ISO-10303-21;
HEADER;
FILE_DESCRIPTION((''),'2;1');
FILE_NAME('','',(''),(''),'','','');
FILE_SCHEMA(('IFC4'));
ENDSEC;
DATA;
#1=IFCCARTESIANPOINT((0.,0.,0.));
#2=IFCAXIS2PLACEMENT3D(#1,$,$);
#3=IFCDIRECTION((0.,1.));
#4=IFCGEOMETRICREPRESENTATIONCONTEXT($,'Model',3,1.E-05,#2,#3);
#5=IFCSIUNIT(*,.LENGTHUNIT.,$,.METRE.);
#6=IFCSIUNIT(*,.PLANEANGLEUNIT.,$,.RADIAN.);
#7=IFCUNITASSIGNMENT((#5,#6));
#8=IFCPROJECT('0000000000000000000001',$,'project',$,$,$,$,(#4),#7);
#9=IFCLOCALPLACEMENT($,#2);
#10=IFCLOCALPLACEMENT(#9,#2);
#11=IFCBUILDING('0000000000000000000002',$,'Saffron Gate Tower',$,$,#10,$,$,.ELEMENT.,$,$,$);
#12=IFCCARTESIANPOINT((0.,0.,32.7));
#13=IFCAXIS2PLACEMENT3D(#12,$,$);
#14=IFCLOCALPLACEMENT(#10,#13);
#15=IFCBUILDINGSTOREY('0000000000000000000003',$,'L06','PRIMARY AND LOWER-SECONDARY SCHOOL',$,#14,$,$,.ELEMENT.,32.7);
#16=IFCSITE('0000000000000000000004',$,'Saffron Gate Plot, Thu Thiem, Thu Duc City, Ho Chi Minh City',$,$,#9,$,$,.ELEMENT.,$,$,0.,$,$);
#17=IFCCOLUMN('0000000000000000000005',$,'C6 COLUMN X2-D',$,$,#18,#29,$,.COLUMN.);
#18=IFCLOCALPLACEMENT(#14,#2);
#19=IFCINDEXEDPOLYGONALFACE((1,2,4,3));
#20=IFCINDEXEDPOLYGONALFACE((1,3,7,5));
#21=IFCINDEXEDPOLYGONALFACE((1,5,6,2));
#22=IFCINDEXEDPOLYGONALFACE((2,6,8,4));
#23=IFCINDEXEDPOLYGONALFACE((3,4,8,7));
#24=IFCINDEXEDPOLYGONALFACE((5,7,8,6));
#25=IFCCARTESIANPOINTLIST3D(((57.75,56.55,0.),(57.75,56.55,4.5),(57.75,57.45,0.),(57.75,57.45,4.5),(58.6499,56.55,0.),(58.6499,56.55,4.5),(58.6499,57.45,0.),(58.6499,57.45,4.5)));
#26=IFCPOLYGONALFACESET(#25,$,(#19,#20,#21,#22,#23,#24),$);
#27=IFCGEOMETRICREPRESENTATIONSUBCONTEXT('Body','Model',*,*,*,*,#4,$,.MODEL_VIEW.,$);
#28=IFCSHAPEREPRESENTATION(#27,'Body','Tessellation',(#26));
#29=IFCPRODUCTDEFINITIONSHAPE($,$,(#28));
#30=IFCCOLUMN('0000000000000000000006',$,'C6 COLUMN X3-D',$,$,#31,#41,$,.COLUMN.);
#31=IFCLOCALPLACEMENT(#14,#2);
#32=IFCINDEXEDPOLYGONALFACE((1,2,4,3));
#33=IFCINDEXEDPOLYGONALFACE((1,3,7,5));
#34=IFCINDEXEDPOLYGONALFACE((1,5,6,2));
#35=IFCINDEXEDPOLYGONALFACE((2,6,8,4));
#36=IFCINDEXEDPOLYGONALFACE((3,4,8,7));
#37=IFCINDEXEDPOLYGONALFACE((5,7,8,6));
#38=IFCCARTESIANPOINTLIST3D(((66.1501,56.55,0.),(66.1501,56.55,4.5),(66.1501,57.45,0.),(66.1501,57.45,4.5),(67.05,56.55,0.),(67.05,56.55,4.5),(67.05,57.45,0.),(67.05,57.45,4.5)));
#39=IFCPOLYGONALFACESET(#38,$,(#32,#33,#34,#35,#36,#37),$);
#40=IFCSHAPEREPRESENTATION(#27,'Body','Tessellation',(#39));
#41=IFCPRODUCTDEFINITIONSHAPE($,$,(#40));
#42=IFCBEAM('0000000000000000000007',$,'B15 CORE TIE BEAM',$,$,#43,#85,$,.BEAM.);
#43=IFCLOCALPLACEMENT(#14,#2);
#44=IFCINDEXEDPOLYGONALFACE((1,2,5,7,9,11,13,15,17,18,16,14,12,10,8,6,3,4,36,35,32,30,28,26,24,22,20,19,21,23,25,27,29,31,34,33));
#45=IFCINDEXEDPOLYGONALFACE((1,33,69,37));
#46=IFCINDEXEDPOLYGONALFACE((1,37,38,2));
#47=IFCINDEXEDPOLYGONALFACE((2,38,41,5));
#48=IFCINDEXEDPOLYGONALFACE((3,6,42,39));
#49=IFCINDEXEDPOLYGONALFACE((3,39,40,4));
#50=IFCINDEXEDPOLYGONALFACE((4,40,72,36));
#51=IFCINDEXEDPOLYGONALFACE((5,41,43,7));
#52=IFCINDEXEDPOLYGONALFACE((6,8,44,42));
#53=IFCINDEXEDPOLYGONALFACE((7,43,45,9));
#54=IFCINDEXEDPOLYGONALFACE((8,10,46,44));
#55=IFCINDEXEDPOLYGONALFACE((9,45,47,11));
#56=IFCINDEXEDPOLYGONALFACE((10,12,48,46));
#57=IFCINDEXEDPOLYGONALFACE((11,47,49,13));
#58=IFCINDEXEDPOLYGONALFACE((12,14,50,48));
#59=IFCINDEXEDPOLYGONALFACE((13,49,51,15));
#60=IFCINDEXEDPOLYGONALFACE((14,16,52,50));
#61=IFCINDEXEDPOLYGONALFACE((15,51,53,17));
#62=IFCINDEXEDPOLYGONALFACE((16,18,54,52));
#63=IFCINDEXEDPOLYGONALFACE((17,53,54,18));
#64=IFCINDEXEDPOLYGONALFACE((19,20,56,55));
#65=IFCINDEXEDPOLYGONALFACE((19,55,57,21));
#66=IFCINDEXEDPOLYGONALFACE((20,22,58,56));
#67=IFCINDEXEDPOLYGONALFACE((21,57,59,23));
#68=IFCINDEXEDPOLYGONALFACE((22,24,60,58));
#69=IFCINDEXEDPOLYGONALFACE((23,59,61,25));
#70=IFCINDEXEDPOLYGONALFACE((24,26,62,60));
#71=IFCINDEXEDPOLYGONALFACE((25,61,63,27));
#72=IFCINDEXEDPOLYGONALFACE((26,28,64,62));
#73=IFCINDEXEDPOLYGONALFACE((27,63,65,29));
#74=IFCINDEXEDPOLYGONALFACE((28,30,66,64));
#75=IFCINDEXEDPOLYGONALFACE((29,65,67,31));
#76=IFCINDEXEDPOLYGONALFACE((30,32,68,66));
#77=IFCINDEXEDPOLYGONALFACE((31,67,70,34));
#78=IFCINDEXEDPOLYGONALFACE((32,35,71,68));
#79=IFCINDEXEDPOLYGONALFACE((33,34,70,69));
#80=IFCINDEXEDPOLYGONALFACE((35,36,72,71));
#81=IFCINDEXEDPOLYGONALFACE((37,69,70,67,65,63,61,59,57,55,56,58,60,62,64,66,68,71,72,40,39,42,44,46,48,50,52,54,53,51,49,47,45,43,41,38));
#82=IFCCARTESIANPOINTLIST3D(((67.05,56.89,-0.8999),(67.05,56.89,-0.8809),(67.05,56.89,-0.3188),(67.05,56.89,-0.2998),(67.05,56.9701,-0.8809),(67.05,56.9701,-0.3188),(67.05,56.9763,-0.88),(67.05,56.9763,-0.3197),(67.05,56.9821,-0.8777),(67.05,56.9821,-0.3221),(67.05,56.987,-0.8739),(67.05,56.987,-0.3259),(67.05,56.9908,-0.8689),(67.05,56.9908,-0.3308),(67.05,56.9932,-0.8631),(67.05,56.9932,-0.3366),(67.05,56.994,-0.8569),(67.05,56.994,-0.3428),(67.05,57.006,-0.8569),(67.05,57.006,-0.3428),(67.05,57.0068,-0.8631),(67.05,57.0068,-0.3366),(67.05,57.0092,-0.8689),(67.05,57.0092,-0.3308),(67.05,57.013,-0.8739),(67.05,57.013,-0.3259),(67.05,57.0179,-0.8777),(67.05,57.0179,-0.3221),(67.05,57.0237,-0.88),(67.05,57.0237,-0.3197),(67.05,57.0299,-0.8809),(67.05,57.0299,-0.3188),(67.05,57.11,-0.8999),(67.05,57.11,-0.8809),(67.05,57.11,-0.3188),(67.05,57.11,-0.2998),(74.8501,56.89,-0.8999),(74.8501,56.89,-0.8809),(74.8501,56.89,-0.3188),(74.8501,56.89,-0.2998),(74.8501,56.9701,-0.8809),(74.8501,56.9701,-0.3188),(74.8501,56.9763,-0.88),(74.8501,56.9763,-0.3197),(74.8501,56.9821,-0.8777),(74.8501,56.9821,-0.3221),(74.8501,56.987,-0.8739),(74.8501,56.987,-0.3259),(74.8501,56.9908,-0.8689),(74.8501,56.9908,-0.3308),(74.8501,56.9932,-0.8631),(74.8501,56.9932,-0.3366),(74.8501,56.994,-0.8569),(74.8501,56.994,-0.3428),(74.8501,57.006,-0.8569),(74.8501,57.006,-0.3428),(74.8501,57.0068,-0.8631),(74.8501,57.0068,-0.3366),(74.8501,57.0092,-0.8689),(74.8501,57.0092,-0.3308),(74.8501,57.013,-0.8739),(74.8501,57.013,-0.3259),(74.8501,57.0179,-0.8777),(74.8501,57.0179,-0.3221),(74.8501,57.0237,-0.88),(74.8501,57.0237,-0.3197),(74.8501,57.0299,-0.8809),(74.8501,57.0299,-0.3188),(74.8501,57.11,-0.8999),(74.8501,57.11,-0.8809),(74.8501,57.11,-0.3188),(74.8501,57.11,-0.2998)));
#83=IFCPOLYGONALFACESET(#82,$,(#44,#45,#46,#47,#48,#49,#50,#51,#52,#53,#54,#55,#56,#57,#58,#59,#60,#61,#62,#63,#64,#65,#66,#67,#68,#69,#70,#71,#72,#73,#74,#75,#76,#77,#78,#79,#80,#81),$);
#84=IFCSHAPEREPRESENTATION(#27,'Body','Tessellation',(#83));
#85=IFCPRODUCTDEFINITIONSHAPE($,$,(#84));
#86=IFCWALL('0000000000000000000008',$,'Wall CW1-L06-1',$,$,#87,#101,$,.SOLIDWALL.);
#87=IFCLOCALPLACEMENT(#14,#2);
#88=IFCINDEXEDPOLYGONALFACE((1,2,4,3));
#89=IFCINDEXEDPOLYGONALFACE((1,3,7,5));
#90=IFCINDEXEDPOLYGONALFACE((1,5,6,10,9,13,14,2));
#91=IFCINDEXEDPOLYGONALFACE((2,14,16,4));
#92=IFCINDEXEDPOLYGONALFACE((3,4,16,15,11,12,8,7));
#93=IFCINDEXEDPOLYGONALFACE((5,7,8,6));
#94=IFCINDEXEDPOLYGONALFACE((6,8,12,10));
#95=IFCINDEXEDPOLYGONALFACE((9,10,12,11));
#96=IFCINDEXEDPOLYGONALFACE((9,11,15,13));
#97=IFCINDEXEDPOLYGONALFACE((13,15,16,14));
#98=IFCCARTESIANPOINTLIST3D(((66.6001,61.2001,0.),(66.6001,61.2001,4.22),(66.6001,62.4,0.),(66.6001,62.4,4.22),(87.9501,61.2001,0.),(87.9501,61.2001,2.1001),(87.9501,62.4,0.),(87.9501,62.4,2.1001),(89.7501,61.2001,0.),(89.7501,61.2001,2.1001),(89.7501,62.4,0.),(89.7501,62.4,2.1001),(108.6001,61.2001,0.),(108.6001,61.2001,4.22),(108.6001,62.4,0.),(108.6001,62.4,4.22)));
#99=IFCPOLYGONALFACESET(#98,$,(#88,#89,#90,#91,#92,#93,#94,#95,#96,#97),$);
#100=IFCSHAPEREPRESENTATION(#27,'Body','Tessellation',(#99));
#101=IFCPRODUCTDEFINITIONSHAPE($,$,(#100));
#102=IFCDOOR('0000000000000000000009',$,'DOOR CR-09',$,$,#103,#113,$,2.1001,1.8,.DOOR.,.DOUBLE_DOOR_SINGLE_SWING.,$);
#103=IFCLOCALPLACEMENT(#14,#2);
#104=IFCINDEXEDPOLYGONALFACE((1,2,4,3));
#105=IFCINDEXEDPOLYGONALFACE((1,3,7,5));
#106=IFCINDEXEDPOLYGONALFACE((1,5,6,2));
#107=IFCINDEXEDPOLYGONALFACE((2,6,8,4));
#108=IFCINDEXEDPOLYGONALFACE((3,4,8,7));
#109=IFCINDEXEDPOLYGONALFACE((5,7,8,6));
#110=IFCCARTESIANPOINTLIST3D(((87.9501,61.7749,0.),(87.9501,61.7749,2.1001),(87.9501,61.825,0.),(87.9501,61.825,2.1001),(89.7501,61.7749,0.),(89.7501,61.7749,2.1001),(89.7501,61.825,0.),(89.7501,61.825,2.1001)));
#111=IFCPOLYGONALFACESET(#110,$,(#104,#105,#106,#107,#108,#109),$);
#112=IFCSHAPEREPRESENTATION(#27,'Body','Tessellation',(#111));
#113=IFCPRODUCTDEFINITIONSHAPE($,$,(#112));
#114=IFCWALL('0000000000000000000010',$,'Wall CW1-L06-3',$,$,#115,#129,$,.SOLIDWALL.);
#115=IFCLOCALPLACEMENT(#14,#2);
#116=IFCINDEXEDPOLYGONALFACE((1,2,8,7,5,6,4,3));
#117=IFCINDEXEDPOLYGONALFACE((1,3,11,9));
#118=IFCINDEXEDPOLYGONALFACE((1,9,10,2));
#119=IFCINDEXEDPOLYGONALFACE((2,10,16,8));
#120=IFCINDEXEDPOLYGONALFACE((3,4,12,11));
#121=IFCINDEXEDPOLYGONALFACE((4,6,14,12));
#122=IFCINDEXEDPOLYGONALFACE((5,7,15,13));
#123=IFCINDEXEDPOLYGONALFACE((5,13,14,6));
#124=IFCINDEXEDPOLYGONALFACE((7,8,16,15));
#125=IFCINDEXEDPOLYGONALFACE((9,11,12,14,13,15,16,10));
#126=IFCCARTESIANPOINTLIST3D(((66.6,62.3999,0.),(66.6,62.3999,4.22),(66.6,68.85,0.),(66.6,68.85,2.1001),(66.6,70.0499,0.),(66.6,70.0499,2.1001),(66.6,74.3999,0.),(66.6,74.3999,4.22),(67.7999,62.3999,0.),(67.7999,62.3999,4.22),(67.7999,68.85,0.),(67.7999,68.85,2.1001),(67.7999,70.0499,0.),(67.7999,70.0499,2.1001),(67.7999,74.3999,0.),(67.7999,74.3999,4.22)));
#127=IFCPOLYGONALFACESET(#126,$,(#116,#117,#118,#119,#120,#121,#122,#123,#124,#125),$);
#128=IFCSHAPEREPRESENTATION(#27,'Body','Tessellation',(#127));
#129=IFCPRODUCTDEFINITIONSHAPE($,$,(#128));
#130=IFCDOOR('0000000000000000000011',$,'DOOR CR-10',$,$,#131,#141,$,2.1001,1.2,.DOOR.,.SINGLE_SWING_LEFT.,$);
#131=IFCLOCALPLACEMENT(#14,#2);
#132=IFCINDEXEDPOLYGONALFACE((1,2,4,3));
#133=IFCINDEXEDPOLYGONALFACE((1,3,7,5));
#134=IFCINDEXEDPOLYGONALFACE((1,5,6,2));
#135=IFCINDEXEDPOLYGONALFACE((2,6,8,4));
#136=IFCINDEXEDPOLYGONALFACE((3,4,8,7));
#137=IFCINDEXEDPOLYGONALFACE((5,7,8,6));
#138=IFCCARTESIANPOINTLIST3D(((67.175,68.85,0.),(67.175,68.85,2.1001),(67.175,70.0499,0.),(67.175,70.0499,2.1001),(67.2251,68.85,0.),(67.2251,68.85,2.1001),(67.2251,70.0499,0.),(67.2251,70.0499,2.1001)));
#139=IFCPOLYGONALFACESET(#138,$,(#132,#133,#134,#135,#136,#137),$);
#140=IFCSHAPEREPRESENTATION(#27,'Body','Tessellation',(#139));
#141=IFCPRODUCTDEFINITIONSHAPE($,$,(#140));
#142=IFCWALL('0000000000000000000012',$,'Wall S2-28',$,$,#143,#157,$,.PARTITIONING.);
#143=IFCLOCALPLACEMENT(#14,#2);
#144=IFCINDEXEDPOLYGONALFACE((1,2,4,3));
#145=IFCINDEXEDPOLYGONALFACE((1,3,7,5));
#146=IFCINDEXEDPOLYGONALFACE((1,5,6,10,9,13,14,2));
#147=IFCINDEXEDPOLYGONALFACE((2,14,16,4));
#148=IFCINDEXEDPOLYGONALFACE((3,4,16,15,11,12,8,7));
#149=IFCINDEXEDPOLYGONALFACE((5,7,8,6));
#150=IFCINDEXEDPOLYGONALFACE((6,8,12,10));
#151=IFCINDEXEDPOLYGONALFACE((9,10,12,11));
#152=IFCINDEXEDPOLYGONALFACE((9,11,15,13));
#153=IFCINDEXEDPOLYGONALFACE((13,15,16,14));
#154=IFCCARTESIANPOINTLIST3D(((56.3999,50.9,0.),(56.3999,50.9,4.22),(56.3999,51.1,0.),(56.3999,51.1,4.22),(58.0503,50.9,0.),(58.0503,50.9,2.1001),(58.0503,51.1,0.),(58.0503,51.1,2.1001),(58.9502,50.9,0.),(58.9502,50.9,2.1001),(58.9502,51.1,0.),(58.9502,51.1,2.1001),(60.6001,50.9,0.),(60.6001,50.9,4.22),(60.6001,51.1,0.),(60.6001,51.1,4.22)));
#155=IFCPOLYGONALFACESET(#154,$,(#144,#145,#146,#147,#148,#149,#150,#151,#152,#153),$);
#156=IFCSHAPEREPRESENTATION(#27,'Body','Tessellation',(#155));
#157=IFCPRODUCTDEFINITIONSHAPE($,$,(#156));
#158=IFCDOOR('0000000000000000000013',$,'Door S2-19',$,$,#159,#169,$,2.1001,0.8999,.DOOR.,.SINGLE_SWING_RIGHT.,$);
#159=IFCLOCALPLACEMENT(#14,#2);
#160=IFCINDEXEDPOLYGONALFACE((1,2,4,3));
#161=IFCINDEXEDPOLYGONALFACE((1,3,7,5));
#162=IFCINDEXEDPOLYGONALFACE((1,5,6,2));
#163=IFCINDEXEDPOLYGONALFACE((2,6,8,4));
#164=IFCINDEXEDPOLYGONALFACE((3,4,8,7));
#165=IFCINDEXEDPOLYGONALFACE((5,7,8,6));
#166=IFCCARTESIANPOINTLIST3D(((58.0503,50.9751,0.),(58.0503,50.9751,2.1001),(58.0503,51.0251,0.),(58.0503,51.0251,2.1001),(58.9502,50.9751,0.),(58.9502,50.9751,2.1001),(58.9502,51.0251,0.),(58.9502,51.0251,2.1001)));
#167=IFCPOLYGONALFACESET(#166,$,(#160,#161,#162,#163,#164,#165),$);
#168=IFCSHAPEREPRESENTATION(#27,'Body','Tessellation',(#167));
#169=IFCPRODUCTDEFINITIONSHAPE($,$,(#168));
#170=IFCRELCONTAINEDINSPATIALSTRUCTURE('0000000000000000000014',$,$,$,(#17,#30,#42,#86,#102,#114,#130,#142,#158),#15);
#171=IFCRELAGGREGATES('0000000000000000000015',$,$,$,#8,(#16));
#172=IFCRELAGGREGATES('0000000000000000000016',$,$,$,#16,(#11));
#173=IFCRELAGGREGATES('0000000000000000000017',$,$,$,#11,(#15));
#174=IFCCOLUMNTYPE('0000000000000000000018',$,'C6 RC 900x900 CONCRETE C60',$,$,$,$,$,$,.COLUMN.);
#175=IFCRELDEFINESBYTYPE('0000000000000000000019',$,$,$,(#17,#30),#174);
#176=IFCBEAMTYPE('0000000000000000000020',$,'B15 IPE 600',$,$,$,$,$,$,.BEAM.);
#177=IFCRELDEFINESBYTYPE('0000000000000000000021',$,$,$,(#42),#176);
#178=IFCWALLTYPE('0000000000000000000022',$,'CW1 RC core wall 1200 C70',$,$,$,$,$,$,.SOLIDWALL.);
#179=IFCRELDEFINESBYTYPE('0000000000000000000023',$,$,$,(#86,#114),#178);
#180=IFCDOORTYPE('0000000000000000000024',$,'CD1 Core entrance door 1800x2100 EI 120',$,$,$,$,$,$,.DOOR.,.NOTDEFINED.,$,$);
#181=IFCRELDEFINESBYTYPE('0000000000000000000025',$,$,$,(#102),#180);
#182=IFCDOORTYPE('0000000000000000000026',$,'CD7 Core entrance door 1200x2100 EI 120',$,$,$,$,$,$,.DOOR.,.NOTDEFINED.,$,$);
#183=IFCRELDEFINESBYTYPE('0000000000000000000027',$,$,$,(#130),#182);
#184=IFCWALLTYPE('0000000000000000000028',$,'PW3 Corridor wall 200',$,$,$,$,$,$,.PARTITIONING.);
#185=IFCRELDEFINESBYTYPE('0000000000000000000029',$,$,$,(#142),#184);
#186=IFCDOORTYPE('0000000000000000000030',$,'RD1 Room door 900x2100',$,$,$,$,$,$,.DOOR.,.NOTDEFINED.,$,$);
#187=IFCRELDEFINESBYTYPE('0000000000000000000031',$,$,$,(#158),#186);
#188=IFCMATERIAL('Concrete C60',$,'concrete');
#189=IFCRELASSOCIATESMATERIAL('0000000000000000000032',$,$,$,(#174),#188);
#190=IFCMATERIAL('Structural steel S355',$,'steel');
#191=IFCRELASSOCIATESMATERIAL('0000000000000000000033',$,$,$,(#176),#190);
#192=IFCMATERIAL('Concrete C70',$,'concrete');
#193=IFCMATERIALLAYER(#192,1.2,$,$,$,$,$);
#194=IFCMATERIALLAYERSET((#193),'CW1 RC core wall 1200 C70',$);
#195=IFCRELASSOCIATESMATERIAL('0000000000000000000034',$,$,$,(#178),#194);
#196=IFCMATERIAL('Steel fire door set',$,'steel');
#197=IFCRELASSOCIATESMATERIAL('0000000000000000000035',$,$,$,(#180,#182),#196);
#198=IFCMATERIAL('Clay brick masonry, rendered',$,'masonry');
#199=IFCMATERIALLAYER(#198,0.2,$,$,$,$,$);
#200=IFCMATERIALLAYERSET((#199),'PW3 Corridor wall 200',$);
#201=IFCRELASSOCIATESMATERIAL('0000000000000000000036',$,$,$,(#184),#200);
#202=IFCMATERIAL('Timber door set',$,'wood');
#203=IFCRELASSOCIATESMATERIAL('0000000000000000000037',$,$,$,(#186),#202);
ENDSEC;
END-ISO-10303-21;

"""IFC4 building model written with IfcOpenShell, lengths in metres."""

from ifc_helpers import new_model, si_unit, direction, frame, frame_2d, origin, origin_2d, place, context, subcontext, project, spatial, rectangle, i_section, extrude, material, layer, layer_set, material_profile, profile_set, type_object, element, fill, save


model = new_model("IFC4")

# Units and contexts
model_context = context("Model", 3, precision=1e-05, world=origin(), true_north=direction((0.0, 1.0)))
body_context = subcontext(model_context, "Body", "Model", "MODEL_VIEW")
ifc_project = project(units=[si_unit("LENGTHUNIT", "METRE"), si_unit("PLANEANGLEUNIT", "RADIAN")], contexts=[model_context])

# Site, building, storey
site_placement = place(None, origin())
site = spatial("IfcSite", under=ifc_project, at=site_placement, Name="Saffron Gate Plot, Thu Thiem, Thu Duc City, Ho Chi Minh City", CompositionType="ELEMENT", RefElevation=0.0)
building_placement = place(site_placement, origin())
building = spatial("IfcBuilding", under=site, at=building_placement, Name="Saffron Gate Tower", CompositionType="ELEMENT")
storey_placement = place(building_placement, frame((0.0, 0.0, 32.7)))
storey = spatial("IfcBuildingStorey", under=building, at=storey_placement, Name="L06", Description="PRIMARY AND LOWER-SECONDARY SCHOOL", CompositionType="ELEMENT", Elevation=32.7)

# Columns
ifc_material_1 = material(Name="Concrete C60", Category="concrete")
ifc_material_profile_1 = material_profile(ifc_material_1, rectangle(XDim=0.8999, YDim=0.8999, at=origin_2d()))
ifc_profile_set_1 = profile_set([ifc_material_profile_1], Name="Concrete C60")
column_type = type_object("IfcColumnType", Name="C6 RC 900x900 CONCRETE C60", PredefinedType="COLUMN", material=ifc_profile_set_1)
for number, where, z_axis, x_axis, name in (
    (1, (58.2, 57.0, 0.0), (0.0, 0.0, 1.0), (1.0, 0.0, 0.0), "C6 COLUMN X2-D"),
    (2, (66.6001, 57.0, 0.0), (0.0, 0.0, 1.0), (1.0, 0.0, 0.0), "C6 COLUMN X3-D"),
):
    element("IfcColumn", number, at=place(storey_placement, frame(where, z_axis=z_axis, x_axis=x_axis)), inside=storey, type_object=column_type, Name=name, PredefinedType="COLUMN", context=body_context, shape_type="SweptSolid", body=[
        extrude(rectangle(XDim=0.8999, YDim=0.8999, at=origin_2d()), origin(), (0.0, 0.0, 1.0), 4.5),
    ])

# Beam
ifc_material_2 = material(Name="Structural steel S355", Category="steel")
ifc_material_profile_2 = material_profile(ifc_material_2, i_section(OverallWidth=0.22, OverallDepth=0.6001, WebThickness=0.012, FlangeThickness=0.019, FilletRadius=0.0239, at=origin_2d()))
ifc_profile_set_2 = profile_set([ifc_material_profile_2], Name="Structural steel S355")
beam_type = type_object("IfcBeamType", Name="B15 IPE 600", PredefinedType="BEAM", material=ifc_profile_set_2)
beam_placement = place(storey_placement, frame((67.05, 57.0, -0.5999), z_axis=(1.0, 0.0, 0.0), x_axis=(0.0, 1.0, 0.0)))
element("IfcBeam", 3, at=beam_placement, inside=storey, type_object=beam_type, Name="B15 CORE TIE BEAM", PredefinedType="BEAM", context=body_context, shape_type="SweptSolid", body=[
    extrude(i_section(OverallWidth=0.22, OverallDepth=0.6001, WebThickness=0.012, FlangeThickness=0.019, FilletRadius=0.0239, at=origin_2d()), origin(), (0.0, 0.0, 1.0), 7.8),
])

# Walls, openings, doors
ifc_material_3 = material(Name="Concrete C70", Category="concrete")
ifc_layer_1 = layer(ifc_material_3, 1.2)
ifc_layer_set_1 = layer_set([ifc_layer_1], Name="CW1 RC core wall 1200 C70")
wall_type_1 = type_object("IfcWallType", Name="CW1 RC core wall 1200 C70", PredefinedType="SOLIDWALL", material=ifc_layer_set_1)
wall_1_placement = place(storey_placement, frame((66.6001, 61.8, 0.0), z_axis=(0.0, 0.0, 1.0), x_axis=(1.0, 0.0, 0.0)))
wall_1 = element("IfcWall", 4, at=wall_1_placement, inside=storey, type_object=wall_type_1, Name="Wall CW1-L06-1", PredefinedType="SOLIDWALL", context=body_context, shape_type="SweptSolid", body=[
    extrude(rectangle(XDim=42.0, YDim=1.2, at=frame_2d((21.0, 0.0))), origin(), (0.0, 0.0, 1.0), 4.22),
])
opening_1_placement = place(wall_1_placement, frame((21.3501, 0.0, 0.0)))
opening_1 = element("IfcOpeningElement", 5, at=opening_1_placement, cuts=wall_1, PredefinedType="OPENING", context=body_context, shape_type="SweptSolid", body=[
    extrude(rectangle(XDim=1.8, YDim=2.1001, at=frame_2d((0.8999, 1.05))), frame((0.0, 0.6099, 0.0), z_axis=(0.0, -1.0, 0.0), x_axis=(1.0, 0.0, 0.0)), (0.0, 0.0, 1.0), 1.22),
])
ifc_material_4 = material(Name="Steel fire door set", Category="steel")
door_type_1 = type_object("IfcDoorType", Name="CD1 Core entrance door 1800x2100 EI 120", OperationType="NOTDEFINED", PredefinedType="DOOR", material=ifc_material_4)
door_1_placement = place(opening_1_placement, origin())
door_1 = element("IfcDoor", 6, at=door_1_placement, inside=storey, type_object=door_type_1, Name="DOOR CR-09", OperationType="DOUBLE_DOOR_SINGLE_SWING", OverallHeight=2.1001, OverallWidth=1.8, PredefinedType="DOOR", context=body_context, shape_type="SweptSolid", body=[
    extrude(rectangle(XDim=1.8, YDim=2.1001, at=frame_2d((0.8999, 1.05))), frame((0.0, 0.0249, 0.0), z_axis=(0.0, -1.0, 0.0), x_axis=(1.0, 0.0, 0.0)), (0.0, 0.0, 1.0), 0.05),
])
fill(opening_1, door_1)
wall_2_placement = place(storey_placement, frame((67.2, 62.3999, 0.0), z_axis=(0.0, 0.0, 1.0), x_axis=(0.0, 1.0, 0.0)))
wall_2 = element("IfcWall", 7, at=wall_2_placement, inside=storey, type_object=wall_type_1, Name="Wall CW1-L06-3", PredefinedType="SOLIDWALL", context=body_context, shape_type="SweptSolid", body=[
    extrude(rectangle(XDim=12.0, YDim=1.2, at=frame_2d((6.0, 0.0))), origin(), (0.0, 0.0, 1.0), 4.22),
])
opening_2_placement = place(wall_2_placement, frame((6.45, 0.0, 0.0)))
opening_2 = element("IfcOpeningElement", 8, at=opening_2_placement, cuts=wall_2, PredefinedType="OPENING", context=body_context, shape_type="SweptSolid", body=[
    extrude(rectangle(XDim=1.2, YDim=2.1001, at=frame_2d((0.6001, 1.05))), frame((0.0, 0.6099, 0.0), z_axis=(0.0, -1.0, 0.0), x_axis=(1.0, 0.0, 0.0)), (0.0, 0.0, 1.0), 1.22),
])
door_type_2 = type_object("IfcDoorType", Name="CD7 Core entrance door 1200x2100 EI 120", OperationType="NOTDEFINED", PredefinedType="DOOR", material=ifc_material_4)
door_2_placement = place(opening_2_placement, origin())
door_2 = element("IfcDoor", 9, at=door_2_placement, inside=storey, type_object=door_type_2, Name="DOOR CR-10", OperationType="SINGLE_SWING_LEFT", OverallHeight=2.1001, OverallWidth=1.2, PredefinedType="DOOR", context=body_context, shape_type="SweptSolid", body=[
    extrude(rectangle(XDim=1.2, YDim=2.1001, at=frame_2d((0.6001, 1.05))), frame((0.0, 0.0249, 0.0), z_axis=(0.0, -1.0, 0.0), x_axis=(1.0, 0.0, 0.0)), (0.0, 0.0, 1.0), 0.05),
])
fill(opening_2, door_2)
ifc_material_5 = material(Name="Clay brick masonry, rendered", Category="masonry")
ifc_layer_2 = layer(ifc_material_5, 0.2)
ifc_layer_set_2 = layer_set([ifc_layer_2], Name="PW3 Corridor wall 200")
wall_type_2 = type_object("IfcWallType", Name="PW3 Corridor wall 200", PredefinedType="PARTITIONING", material=ifc_layer_set_2)
wall_3_placement = place(storey_placement, frame((60.6001, 51.0, 0.0), z_axis=(0.0, 0.0, 1.0), x_axis=(-1.0, 0.0, 0.0)))
wall_3 = element("IfcWall", 10, at=wall_3_placement, inside=storey, type_object=wall_type_2, Name="Wall S2-28", PredefinedType="PARTITIONING", context=body_context, shape_type="SweptSolid", body=[
    extrude(rectangle(XDim=4.2002, YDim=0.2, at=frame_2d((2.1001, 0.0))), origin(), (0.0, 0.0, 1.0), 4.22),
])
opening_3_placement = place(wall_3_placement, frame((1.6499, 0.0, 0.0)))
opening_3 = element("IfcOpeningElement", 11, at=opening_3_placement, cuts=wall_3, PredefinedType="OPENING", context=body_context, shape_type="SweptSolid", body=[
    extrude(rectangle(XDim=0.8999, YDim=2.1001, at=frame_2d((0.45, 1.05))), frame((0.0, 0.1099, 0.0), z_axis=(0.0, -1.0, 0.0), x_axis=(1.0, 0.0, 0.0)), (0.0, 0.0, 1.0), 0.22),
])
ifc_material_6 = material(Name="Timber door set", Category="wood")
door_type_3 = type_object("IfcDoorType", Name="RD1 Room door 900x2100", OperationType="NOTDEFINED", PredefinedType="DOOR", material=ifc_material_6)
door_3_placement = place(opening_3_placement, origin())
door_3 = element("IfcDoor", 12, at=door_3_placement, inside=storey, type_object=door_type_3, Name="Door S2-19", OperationType="SINGLE_SWING_RIGHT", OverallHeight=2.1001, OverallWidth=0.8999, PredefinedType="DOOR", context=body_context, shape_type="SweptSolid", body=[
    extrude(rectangle(XDim=0.8999, YDim=2.1001, at=frame_2d((0.45, 1.05))), frame((0.0, 0.0249, 0.0), z_axis=(0.0, -1.0, 0.0), x_axis=(1.0, 0.0, 0.0)), (0.0, 0.0, 1.0), 0.05),
])
fill(opening_3, door_3)

save(model, "model.ifc")
